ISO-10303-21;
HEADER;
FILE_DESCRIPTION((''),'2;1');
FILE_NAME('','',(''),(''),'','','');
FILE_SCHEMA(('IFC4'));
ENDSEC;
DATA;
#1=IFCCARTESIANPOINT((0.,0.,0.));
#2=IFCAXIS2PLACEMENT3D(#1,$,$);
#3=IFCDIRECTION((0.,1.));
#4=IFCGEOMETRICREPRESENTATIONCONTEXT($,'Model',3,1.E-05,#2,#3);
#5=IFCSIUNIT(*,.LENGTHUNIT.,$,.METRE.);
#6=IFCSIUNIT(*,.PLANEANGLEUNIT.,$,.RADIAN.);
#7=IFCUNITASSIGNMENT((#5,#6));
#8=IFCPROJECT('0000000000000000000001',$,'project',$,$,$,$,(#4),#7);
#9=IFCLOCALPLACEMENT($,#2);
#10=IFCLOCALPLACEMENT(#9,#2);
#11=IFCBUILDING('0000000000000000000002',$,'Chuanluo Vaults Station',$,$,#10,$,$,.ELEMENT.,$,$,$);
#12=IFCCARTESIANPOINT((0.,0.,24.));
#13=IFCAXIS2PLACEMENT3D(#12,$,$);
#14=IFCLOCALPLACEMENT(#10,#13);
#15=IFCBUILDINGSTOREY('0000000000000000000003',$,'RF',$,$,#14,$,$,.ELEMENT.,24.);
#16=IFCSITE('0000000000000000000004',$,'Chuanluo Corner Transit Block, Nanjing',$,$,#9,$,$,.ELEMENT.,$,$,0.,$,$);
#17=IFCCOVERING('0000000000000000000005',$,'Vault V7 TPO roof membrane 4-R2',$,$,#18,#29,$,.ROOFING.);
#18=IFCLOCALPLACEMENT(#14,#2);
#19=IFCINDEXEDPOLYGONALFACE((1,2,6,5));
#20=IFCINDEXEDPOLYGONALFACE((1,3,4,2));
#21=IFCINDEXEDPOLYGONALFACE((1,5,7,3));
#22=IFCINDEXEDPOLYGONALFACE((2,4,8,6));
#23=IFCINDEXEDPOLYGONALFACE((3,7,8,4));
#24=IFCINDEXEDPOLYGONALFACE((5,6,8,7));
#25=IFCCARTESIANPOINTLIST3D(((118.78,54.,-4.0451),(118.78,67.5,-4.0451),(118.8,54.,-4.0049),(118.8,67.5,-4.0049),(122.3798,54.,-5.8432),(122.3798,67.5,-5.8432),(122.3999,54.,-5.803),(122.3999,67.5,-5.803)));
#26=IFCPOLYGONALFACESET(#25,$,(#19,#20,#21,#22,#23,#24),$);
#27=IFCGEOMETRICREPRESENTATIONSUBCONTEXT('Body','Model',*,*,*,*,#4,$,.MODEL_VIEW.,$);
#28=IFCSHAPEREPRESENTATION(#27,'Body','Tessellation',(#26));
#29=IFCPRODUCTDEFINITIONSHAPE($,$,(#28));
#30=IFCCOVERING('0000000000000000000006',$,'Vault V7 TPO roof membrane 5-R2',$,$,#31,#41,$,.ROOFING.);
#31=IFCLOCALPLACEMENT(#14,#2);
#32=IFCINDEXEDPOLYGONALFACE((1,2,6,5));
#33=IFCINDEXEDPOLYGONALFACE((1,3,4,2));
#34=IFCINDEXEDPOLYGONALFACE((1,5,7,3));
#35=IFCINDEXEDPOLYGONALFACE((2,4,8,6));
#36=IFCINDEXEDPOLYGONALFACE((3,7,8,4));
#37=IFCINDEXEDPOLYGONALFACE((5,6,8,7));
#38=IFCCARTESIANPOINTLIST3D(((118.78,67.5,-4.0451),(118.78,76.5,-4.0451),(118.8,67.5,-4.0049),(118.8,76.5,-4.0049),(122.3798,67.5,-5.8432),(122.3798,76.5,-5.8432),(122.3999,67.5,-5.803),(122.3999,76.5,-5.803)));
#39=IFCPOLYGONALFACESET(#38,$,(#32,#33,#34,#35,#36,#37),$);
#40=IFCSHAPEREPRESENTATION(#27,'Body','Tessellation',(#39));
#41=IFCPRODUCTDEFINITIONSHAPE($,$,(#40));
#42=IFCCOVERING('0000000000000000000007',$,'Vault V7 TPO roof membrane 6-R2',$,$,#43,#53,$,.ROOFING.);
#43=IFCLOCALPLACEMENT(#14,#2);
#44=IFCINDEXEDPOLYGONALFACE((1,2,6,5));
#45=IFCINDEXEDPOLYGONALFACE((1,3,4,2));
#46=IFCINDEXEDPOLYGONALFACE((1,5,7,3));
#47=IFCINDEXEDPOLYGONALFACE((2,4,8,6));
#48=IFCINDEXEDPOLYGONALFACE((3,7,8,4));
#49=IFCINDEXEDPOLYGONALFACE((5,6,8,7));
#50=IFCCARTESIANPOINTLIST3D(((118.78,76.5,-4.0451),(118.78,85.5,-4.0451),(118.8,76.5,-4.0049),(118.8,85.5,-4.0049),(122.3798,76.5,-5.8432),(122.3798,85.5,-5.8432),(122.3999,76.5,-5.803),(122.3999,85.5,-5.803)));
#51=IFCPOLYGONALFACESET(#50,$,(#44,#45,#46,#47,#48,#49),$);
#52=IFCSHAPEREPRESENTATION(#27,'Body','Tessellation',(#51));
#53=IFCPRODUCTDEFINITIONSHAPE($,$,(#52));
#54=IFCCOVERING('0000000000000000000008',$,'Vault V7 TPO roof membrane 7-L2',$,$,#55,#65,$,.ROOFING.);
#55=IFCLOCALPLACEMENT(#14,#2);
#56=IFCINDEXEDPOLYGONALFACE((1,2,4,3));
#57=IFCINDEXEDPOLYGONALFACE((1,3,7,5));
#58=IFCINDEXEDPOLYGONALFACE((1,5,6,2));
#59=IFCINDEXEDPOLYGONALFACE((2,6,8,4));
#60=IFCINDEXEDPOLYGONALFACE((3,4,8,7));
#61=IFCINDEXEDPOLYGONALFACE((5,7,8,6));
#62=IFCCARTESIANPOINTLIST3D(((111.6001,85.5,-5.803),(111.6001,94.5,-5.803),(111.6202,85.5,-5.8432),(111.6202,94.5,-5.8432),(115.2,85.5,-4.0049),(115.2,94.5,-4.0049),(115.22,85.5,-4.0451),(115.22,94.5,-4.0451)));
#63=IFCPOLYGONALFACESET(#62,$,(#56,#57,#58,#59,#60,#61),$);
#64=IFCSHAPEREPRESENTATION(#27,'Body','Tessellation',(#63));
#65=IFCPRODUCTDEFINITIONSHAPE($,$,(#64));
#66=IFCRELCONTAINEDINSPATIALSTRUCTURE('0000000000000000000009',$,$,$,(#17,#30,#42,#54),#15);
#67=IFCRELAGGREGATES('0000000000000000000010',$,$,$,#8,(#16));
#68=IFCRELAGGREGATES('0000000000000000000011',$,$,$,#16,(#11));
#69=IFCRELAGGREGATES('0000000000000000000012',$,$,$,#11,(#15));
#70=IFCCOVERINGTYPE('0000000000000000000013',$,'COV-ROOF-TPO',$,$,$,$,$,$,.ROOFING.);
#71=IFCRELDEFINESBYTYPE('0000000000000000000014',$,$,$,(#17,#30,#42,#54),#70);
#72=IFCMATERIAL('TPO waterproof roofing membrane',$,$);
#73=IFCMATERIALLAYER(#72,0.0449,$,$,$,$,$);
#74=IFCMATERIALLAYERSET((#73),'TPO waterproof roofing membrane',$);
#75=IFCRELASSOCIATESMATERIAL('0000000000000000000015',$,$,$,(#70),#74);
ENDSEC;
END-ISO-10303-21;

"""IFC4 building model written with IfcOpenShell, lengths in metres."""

from ifc_helpers import new_model, si_unit, direction, frame, origin, place, context, subcontext, project, spatial, polyline, outline, extrude, material, layer, layer_set, type_object, element, save


model = new_model("IFC4")

# Units and contexts
model_context = context("Model", 3, precision=1e-05, world=origin(), true_north=direction((0.0, 1.0)))
body_context = subcontext(model_context, "Body", "Model", "MODEL_VIEW")
ifc_project = project(units=[si_unit("LENGTHUNIT", "METRE"), si_unit("PLANEANGLEUNIT", "RADIAN")], contexts=[model_context])

# Site, building, storey
site_placement = place(None, origin())
site = spatial("IfcSite", under=ifc_project, at=site_placement, Name="Chuanluo Corner Transit Block, Nanjing", CompositionType="ELEMENT", RefElevation=0.0)
building_placement = place(site_placement, origin())
building = spatial("IfcBuilding", under=site, at=building_placement, Name="Chuanluo Vaults Station", CompositionType="ELEMENT")
storey_placement = place(building_placement, frame((0.0, 0.0, 24.0)))
storey = spatial("IfcBuildingStorey", under=building, at=storey_placement, Name="RF", CompositionType="ELEMENT", Elevation=24.0)

# Coverings
ifc_material_1 = material(Name="TPO waterproof roofing membrane")
ifc_layer_1 = layer(ifc_material_1, 0.0449)
ifc_layer_set_1 = layer_set([ifc_layer_1], Name="TPO waterproof roofing membrane")
covering_type = type_object("IfcCoveringType", Name="COV-ROOF-TPO", PredefinedType="ROOFING", material=ifc_layer_set_1)
covering_placement = place(storey_placement, frame((118.8, 54.0, -4.0049), z_axis=(0.44685, 0.0, 0.894609), x_axis=(0.894609, 0.0, -0.44685)))
element("IfcCovering", 1, at=covering_placement, inside=storey, type_object=covering_type, Name="Vault V7 TPO roof membrane 4-R2", PredefinedType="ROOFING", context=body_context, shape_type="SweptSolid", body=[
    extrude(outline(polyline([(0.0, 0.0), (4.0239, 0.0), (4.0239, 13.5), (0.0, 13.5), (0.0, 0.0)])), origin(), (0.0, 0.0, -1.0), 0.0449),
])
for number, where, z_axis, x_axis, name in (
    (2, (118.8, 67.5, -4.0049), (0.44685, 0.0, 0.894609), (0.894609, 0.0, -0.44685), "Vault V7 TPO roof membrane 5-R2"),
    (3, (118.8, 76.5, -4.0049), (0.44685, 0.0, 0.894609), (0.894609, 0.0, -0.44685), "Vault V7 TPO roof membrane 6-R2"),
    (4, (111.6001, 85.5, -5.803), (-0.44685, 0.0, 0.894609), (0.894609, 0.0, 0.44685), "Vault V7 TPO roof membrane 7-L2"),
):
    element("IfcCovering", number, at=place(storey_placement, frame(where, z_axis=z_axis, x_axis=x_axis)), inside=storey, type_object=covering_type, Name=name, PredefinedType="ROOFING", context=body_context, shape_type="SweptSolid", body=[
        extrude(outline(polyline([(0.0, 0.0), (4.0239, 0.0), (4.0239, 9.0), (0.0, 9.0), (0.0, 0.0)])), origin(), (0.0, 0.0, -1.0), 0.0449),
    ])

save(model, "model.ifc")
